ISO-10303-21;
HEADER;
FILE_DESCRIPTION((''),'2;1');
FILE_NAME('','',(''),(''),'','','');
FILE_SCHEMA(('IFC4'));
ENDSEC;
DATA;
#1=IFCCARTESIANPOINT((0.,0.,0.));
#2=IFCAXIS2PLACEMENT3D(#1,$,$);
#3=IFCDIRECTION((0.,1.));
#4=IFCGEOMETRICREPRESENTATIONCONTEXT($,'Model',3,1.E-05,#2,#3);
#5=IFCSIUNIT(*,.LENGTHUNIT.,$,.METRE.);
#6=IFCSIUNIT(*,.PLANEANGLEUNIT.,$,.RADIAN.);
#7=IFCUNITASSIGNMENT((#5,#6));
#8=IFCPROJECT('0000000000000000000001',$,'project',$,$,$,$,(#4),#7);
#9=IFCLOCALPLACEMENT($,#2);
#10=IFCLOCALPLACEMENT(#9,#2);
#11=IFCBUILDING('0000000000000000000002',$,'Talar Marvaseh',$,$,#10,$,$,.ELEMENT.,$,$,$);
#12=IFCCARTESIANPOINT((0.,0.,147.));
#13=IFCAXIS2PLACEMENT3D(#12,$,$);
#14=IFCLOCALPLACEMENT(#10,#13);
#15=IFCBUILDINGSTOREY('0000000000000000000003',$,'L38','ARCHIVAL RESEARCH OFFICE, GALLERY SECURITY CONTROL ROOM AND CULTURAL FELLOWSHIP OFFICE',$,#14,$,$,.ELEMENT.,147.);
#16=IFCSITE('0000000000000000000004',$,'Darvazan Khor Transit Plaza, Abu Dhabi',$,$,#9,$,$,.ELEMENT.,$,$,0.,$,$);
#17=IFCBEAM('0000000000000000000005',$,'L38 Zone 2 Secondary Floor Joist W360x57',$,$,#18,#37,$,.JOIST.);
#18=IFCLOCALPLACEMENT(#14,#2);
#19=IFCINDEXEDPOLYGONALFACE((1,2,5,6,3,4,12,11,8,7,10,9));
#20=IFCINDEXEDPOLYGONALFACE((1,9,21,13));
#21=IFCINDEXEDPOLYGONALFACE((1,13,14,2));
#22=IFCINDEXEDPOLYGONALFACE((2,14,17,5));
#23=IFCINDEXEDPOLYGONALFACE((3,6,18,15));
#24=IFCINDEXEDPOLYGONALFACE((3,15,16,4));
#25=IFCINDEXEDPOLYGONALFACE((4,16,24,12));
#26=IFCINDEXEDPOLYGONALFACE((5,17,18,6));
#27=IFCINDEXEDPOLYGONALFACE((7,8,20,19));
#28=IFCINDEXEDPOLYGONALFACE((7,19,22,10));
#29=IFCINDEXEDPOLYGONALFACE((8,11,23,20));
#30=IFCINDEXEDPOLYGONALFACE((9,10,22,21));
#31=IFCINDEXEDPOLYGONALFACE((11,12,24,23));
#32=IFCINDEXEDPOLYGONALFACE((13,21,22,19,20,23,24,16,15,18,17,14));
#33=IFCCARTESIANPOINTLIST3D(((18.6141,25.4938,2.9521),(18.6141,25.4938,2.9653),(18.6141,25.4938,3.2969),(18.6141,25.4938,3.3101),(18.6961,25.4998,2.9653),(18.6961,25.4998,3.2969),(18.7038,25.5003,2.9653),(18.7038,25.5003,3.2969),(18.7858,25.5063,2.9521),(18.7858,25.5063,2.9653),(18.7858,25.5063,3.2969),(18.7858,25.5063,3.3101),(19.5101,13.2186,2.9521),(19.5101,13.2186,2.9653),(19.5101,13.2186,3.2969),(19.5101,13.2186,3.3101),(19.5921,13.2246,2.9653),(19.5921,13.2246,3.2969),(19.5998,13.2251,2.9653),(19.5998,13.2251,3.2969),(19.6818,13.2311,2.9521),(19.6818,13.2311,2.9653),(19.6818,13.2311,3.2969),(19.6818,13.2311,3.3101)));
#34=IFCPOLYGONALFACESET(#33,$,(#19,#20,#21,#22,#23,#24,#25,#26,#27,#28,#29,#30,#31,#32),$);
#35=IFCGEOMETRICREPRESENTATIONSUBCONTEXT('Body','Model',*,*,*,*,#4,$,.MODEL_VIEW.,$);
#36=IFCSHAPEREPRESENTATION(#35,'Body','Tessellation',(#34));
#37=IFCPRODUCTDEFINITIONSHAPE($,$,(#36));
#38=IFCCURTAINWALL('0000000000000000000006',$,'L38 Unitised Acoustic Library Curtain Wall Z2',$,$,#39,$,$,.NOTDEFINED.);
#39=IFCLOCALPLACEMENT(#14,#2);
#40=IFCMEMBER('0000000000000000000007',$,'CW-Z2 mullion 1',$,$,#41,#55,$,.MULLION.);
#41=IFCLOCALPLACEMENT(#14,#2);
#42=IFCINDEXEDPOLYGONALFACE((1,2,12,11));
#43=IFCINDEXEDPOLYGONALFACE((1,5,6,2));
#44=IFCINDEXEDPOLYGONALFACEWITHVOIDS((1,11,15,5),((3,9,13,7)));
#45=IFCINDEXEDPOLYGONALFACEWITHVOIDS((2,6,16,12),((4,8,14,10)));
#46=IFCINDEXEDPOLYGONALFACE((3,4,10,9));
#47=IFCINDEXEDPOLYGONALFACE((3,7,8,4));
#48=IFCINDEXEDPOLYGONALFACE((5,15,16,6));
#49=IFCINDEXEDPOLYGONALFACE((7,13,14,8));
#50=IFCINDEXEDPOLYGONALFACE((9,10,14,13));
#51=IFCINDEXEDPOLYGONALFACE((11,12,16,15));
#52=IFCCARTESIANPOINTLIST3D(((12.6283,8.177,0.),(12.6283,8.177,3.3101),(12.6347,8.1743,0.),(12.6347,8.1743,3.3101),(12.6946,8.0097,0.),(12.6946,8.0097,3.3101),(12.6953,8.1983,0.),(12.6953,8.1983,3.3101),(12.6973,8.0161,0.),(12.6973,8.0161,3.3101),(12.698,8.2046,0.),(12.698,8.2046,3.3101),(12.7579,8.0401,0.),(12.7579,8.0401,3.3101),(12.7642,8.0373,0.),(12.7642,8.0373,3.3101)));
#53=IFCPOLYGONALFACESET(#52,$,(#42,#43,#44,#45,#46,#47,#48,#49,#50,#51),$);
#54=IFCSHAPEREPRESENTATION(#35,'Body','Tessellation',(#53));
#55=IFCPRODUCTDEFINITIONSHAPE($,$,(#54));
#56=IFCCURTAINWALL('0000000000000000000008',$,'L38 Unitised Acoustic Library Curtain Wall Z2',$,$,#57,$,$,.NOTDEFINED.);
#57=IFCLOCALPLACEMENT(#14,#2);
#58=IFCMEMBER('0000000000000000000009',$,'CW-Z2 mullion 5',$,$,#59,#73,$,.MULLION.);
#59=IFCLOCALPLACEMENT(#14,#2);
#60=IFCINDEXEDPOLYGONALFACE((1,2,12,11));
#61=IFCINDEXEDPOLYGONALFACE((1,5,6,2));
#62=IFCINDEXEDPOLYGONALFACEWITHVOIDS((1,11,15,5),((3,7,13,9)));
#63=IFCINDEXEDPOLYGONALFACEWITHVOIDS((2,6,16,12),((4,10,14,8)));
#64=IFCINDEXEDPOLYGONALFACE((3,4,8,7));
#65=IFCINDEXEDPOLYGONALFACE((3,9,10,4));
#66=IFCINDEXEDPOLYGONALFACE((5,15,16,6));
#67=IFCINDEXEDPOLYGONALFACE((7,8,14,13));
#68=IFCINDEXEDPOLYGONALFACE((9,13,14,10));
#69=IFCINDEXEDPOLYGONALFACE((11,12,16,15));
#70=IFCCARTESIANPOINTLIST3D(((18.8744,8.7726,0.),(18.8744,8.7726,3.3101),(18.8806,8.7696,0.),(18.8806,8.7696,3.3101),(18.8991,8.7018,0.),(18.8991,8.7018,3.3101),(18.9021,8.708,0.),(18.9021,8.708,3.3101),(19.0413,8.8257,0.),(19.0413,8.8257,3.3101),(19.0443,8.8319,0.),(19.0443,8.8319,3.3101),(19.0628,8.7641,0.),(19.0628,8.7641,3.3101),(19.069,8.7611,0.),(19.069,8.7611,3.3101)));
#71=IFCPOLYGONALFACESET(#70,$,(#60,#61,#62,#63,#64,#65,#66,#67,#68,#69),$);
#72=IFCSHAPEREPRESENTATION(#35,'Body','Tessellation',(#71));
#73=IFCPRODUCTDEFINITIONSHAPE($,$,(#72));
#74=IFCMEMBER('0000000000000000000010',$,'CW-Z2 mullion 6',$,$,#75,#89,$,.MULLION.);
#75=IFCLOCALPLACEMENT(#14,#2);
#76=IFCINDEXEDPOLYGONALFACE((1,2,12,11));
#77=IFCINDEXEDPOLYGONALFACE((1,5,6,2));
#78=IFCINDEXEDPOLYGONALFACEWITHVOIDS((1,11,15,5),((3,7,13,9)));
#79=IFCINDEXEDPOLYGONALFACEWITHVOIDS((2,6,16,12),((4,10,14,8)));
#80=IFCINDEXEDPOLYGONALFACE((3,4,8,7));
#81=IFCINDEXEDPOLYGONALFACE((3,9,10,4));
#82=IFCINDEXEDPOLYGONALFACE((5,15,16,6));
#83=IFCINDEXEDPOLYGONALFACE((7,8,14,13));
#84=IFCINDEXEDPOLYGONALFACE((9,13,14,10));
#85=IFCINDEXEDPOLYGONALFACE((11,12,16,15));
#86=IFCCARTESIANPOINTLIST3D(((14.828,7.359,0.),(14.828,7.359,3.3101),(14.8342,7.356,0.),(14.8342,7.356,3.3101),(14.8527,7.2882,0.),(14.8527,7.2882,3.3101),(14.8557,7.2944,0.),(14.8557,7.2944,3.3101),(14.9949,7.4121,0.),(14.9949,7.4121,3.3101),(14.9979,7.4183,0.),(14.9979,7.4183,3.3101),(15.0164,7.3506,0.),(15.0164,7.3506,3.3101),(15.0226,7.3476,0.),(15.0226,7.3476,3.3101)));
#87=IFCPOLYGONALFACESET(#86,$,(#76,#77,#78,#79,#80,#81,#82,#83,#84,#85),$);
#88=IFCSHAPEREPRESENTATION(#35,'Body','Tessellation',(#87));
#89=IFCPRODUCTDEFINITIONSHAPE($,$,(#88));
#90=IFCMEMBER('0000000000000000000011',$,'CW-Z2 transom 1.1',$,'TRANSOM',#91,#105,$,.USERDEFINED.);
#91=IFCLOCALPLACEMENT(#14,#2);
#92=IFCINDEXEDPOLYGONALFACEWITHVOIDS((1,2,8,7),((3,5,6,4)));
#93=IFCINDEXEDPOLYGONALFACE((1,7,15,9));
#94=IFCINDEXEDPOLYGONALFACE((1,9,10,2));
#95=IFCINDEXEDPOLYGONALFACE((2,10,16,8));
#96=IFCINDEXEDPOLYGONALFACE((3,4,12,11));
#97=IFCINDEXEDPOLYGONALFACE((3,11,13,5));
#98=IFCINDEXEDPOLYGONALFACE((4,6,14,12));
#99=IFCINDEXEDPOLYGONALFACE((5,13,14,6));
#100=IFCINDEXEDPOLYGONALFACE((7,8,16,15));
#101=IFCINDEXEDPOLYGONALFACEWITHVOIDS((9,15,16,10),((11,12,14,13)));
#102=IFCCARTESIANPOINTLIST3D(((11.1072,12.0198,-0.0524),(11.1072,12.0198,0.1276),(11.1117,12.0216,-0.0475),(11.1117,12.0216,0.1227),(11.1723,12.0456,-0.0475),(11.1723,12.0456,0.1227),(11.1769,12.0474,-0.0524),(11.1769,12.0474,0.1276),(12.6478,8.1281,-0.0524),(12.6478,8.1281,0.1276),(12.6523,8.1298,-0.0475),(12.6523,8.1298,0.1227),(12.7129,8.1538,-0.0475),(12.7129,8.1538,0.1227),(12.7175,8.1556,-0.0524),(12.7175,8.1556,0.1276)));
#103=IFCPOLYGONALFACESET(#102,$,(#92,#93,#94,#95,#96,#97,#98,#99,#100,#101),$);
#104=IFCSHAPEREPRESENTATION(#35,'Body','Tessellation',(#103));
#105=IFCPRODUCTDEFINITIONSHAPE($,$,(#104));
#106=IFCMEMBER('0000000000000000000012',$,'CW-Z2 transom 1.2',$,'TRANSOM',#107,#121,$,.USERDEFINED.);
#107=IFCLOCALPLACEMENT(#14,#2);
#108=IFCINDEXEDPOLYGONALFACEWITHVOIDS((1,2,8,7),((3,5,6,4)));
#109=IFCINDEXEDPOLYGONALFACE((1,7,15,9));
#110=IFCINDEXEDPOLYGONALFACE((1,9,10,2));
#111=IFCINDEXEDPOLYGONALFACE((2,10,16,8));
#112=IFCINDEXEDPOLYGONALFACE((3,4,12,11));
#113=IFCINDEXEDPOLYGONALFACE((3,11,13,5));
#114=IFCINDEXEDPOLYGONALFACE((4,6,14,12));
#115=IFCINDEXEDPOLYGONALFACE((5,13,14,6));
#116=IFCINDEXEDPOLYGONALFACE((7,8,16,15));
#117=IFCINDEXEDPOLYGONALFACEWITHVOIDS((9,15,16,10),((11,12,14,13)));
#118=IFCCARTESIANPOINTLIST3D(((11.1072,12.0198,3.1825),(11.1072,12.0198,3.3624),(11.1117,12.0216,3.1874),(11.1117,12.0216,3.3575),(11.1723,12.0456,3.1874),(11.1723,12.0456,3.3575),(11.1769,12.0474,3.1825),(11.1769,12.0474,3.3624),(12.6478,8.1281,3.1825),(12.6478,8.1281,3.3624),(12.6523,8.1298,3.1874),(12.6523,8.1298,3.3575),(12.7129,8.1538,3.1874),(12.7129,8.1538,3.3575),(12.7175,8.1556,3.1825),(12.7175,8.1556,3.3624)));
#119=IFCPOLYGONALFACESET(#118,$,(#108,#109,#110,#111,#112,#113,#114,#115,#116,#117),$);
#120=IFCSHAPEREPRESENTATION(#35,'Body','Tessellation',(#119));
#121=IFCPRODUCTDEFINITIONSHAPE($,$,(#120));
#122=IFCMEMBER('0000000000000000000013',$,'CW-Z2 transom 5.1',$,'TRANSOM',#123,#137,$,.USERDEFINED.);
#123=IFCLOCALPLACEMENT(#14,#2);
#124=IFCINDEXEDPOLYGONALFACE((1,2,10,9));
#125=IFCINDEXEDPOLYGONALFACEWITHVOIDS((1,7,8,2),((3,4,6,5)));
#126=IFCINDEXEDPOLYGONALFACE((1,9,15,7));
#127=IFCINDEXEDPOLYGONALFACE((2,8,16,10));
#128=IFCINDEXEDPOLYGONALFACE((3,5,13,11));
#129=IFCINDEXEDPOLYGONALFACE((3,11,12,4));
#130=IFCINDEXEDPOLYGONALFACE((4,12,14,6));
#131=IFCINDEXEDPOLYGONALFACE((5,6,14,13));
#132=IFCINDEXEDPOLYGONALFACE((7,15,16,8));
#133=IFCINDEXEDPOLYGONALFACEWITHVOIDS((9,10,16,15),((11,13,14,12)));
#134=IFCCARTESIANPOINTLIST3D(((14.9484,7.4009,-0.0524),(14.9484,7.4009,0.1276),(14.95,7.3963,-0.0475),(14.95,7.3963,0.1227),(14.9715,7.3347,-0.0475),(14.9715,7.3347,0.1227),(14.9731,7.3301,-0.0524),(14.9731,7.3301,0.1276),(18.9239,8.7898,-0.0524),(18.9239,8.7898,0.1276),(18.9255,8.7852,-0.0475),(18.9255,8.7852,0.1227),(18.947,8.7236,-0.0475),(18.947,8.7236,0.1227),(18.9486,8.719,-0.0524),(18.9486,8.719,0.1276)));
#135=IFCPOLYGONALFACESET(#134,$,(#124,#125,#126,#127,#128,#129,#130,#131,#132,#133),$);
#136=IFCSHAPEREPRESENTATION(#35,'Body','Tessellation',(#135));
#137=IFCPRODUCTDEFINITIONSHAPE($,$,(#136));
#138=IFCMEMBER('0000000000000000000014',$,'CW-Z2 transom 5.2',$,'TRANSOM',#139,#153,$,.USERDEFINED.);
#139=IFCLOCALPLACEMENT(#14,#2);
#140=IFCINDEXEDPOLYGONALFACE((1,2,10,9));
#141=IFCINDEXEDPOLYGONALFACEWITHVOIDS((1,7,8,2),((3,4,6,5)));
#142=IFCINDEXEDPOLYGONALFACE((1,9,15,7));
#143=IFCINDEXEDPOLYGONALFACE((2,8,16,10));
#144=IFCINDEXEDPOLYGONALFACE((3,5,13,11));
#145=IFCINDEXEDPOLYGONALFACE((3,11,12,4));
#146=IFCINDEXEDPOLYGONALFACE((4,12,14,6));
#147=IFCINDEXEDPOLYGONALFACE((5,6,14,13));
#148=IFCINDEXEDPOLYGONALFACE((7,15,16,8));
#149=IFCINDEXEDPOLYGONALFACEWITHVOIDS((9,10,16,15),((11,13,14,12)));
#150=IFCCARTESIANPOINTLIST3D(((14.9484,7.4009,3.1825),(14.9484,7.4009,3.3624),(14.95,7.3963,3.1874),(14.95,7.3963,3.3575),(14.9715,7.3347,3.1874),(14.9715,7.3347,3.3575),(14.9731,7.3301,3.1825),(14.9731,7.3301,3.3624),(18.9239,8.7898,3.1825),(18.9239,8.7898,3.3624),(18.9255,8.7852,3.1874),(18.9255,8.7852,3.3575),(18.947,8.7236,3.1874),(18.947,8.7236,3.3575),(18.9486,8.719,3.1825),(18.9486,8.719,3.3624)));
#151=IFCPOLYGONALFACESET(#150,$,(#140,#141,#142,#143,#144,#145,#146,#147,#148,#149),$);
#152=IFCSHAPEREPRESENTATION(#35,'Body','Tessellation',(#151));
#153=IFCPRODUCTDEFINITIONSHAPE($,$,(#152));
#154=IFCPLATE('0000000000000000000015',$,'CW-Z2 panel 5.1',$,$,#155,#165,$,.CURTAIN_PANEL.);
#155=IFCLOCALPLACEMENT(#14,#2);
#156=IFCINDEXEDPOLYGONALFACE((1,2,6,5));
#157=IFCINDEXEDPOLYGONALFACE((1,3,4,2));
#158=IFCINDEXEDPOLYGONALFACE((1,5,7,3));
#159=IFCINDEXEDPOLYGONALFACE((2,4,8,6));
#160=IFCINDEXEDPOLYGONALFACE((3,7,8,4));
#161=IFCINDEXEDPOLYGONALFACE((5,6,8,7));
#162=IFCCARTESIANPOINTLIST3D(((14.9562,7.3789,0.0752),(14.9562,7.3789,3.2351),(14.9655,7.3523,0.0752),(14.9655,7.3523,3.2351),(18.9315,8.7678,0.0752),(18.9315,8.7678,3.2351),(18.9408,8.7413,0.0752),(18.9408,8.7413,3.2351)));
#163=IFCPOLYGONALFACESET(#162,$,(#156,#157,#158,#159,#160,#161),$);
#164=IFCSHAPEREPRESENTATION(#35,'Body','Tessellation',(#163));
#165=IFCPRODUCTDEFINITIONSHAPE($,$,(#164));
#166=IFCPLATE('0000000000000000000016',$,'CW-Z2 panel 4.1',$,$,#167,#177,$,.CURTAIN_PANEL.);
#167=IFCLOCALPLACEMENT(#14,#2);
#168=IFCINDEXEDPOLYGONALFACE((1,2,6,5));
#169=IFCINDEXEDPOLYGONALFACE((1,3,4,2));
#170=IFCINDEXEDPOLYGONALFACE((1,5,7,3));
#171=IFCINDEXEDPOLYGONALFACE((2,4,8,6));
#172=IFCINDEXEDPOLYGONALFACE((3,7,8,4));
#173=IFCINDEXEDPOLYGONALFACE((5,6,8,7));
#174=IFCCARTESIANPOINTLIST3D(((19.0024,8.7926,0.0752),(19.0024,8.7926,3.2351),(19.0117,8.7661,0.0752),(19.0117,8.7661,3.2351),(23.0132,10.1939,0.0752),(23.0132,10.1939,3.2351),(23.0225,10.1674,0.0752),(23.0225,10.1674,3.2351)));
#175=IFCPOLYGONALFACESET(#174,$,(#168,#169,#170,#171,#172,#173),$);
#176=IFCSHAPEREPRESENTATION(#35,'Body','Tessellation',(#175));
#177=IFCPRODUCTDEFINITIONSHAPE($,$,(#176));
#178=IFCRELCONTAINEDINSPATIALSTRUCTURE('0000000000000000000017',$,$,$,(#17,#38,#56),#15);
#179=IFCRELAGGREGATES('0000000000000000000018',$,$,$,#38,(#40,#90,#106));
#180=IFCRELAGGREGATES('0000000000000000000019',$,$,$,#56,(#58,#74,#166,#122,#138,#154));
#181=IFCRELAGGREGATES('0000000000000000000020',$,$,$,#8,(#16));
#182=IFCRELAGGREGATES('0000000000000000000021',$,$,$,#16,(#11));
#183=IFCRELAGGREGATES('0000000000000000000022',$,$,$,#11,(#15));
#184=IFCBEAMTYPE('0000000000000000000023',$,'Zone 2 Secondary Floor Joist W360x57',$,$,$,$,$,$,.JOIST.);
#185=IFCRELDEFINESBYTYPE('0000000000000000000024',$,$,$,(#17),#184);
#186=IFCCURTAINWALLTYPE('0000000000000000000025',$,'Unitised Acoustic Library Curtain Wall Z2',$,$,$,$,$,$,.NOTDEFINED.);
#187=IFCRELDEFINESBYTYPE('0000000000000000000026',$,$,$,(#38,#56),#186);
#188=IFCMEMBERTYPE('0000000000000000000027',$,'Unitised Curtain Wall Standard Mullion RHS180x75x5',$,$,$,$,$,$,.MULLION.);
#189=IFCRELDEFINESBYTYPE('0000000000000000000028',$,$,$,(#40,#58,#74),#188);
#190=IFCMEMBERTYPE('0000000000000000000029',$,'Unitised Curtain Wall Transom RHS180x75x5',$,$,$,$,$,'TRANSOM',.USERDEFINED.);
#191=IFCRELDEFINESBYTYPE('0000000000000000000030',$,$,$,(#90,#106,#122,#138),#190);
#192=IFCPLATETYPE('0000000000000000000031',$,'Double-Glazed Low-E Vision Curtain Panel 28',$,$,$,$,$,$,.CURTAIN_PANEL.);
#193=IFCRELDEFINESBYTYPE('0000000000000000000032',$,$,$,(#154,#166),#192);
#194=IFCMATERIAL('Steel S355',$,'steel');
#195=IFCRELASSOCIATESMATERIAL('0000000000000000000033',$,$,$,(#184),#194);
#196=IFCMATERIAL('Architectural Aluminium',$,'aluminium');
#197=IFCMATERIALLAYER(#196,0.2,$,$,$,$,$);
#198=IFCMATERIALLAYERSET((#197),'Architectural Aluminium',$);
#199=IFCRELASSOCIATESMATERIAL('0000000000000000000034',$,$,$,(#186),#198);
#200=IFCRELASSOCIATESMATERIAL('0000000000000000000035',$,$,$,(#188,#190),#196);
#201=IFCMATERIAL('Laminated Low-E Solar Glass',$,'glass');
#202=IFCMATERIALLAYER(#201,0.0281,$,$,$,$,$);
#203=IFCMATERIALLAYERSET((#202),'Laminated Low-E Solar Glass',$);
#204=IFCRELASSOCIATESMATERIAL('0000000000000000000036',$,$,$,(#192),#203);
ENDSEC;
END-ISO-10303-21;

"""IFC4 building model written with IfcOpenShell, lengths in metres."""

from ifc_helpers import new_model, si_unit, direction, frame, origin, origin_2d, place, context, subcontext, project, spatial, rectangle, hollow_rectangle, i_section, extrude, source, transform, mapped, material, layer, layer_set, material_profile, profile_set, type_object, type_shapes, element, aggregate, save


model = new_model("IFC4")

# Units and contexts
model_context = context("Model", 3, precision=1e-05, world=origin(), true_north=direction((0.0, 1.0)))
body_context = subcontext(model_context, "Body", "Model", "MODEL_VIEW")
ifc_project = project(units=[si_unit("LENGTHUNIT", "METRE"), si_unit("PLANEANGLEUNIT", "RADIAN")], contexts=[model_context])

# Site, building, storey
site_placement = place(None, origin())
site = spatial("IfcSite", under=ifc_project, at=site_placement, Name="Darvazan Khor Transit Plaza, Abu Dhabi", CompositionType="ELEMENT", RefElevation=0.0)
building_placement = place(site_placement, origin())
building = spatial("IfcBuilding", under=site, at=building_placement, Name="Talar Marvaseh", CompositionType="ELEMENT")
storey_placement = place(building_placement, frame((0.0, 0.0, 147.0)))
storey = spatial("IfcBuildingStorey", under=building, at=storey_placement, Name="L38", Description="ARCHIVAL RESEARCH OFFICE, GALLERY SECURITY CONTROL ROOM AND CULTURAL FELLOWSHIP OFFICE", CompositionType="ELEMENT", Elevation=147.0)

# Beam
ifc_material_1 = material(Name="Steel S355", Category="steel")
ifc_material_profile_1 = material_profile(ifc_material_1, i_section(OverallWidth=0.1721, OverallDepth=0.3579, WebThickness=0.0078, FlangeThickness=0.0132, at=origin_2d()), Name="W360x57")
ifc_profile_set_1 = profile_set([ifc_material_profile_1], Name="Steel S355")
beam_type = type_object("IfcBeamType", Name="Zone 2 Secondary Floor Joist W360x57", PredefinedType="JOIST", material=ifc_profile_set_1)
beam_placement = place(storey_placement, frame((19.5959, 13.2249, 3.1311), z_axis=(-0.072799, 0.997347, 0.0), x_axis=(-0.997347, -0.072799, 0.0)))
element("IfcBeam", 1, at=beam_placement, inside=storey, type_object=beam_type, Name="L38 Zone 2 Secondary Floor Joist W360x57", PredefinedType="JOIST", context=body_context, shape_type="SweptSolid", body=[
    extrude(i_section(OverallWidth=0.1721, OverallDepth=0.3579, WebThickness=0.0078, FlangeThickness=0.0132, at=origin_2d()), origin(), (0.0, 0.0, 1.0), 12.3079),
])

# Curtain wall, member
ifc_material_2 = material(Name="Architectural Aluminium", Category="aluminium")
ifc_layer_1 = layer(ifc_material_2, 0.2)
ifc_layer_set_1 = layer_set([ifc_layer_1], Name="Architectural Aluminium")
curtain_wall_type = type_object("IfcCurtainWallType", Name="Unitised Acoustic Library Curtain Wall Z2", PredefinedType="NOTDEFINED", material=ifc_layer_set_1)
curtain_wall_1_placement = place(storey_placement, origin())
curtain_wall_1 = element("IfcCurtainWall", 2, at=curtain_wall_1_placement, inside=storey, type_object=curtain_wall_type, Name="L38 Unitised Acoustic Library Curtain Wall Z2", PredefinedType="NOTDEFINED")
ifc_material_profile_2 = material_profile(ifc_material_2, hollow_rectangle(XDim=0.075, YDim=0.1799, WallThickness=0.0049, at=origin_2d()), Name="RHS180x75x5")
ifc_profile_set_2 = profile_set([ifc_material_profile_2], Name="Architectural Aluminium")
member_type_1 = type_object("IfcMemberType", Name="Unitised Curtain Wall Standard Mullion RHS180x75x5", PredefinedType="MULLION", material=ifc_profile_set_2)
shared_shape_1 = source(origin(), body_context, "Body", "SweptSolid", [
    extrude(hollow_rectangle(XDim=0.075, YDim=0.1799, WallThickness=0.0049, at=origin_2d()), origin(), (0.0, 0.0, 1.0), 3.3101),
])
type_shapes(member_type_1, [shared_shape_1])
member_1_placement = place(storey_placement, frame((12.6963, 8.1072, 0.0), z_axis=(0.0, 0.0, 1.0), x_axis=(-0.929802, -0.36806, 0.0)))
member_1 = element("IfcMember", 3, at=member_1_placement, type_object=member_type_1, Name="CW-Z2 mullion 1", PredefinedType="MULLION", context=body_context, shape_type="MappedRepresentation", body=[
    mapped(shared_shape_1, transform((0.0, 0.0, 0.0), x_axis=(1.0, 0.0, 0.0), y_axis=(0.0, 1.0, 0.0), z_axis=(0.0, 0.0, 1.0), scale=1.0)),
])

# Curtain wall, members
curtain_wall_2_placement = place(storey_placement, origin())
curtain_wall_2 = element("IfcCurtainWall", 4, at=curtain_wall_2_placement, inside=storey, type_object=curtain_wall_type, Name="L38 Unitised Acoustic Library Curtain Wall Z2", PredefinedType="NOTDEFINED")
member_2_placement = place(storey_placement, frame((18.9717, 8.7668, 0.0), z_axis=(0.0, 0.0, 1.0), x_axis=(0.329837, -0.944038, 0.0)))
member_2 = element("IfcMember", 5, at=member_2_placement, type_object=member_type_1, Name="CW-Z2 mullion 5", PredefinedType="MULLION", context=body_context, shape_type="MappedRepresentation", body=[
    mapped(shared_shape_1, transform((0.0, 0.0, 0.0), x_axis=(1.0, 0.0, 0.0), y_axis=(0.0, 1.0, 0.0), z_axis=(0.0, 0.0, 1.0), scale=1.0)),
])
member_3_placement = place(storey_placement, frame((14.9253, 7.3533, 0.0), z_axis=(0.0, 0.0, 1.0), x_axis=(0.329837, -0.944038, 0.0)))
member_3 = element("IfcMember", 6, at=member_3_placement, type_object=member_type_1, Name="CW-Z2 mullion 6", PredefinedType="MULLION", context=body_context, shape_type="MappedRepresentation", body=[
    mapped(shared_shape_1, transform((0.0, 0.0, 0.0), x_axis=(1.0, 0.0, 0.0), y_axis=(0.0, 1.0, 0.0), z_axis=(0.0, 0.0, 1.0), scale=1.0)),
])

# Members
ifc_material_profile_3 = material_profile(ifc_material_2, hollow_rectangle(XDim=0.075, YDim=0.1799, WallThickness=0.0049, at=origin_2d()), Name="RHS180x75x5")
ifc_profile_set_3 = profile_set([ifc_material_profile_3], Name="Architectural Aluminium")
member_type_2 = type_object("IfcMemberType", Name="Unitised Curtain Wall Transom RHS180x75x5", ElementType="TRANSOM", PredefinedType="USERDEFINED", material=ifc_profile_set_3)
shared_shape_2 = source(origin(), body_context, "Body", "SweptSolid", [
    extrude(hollow_rectangle(XDim=0.075, YDim=0.1799, WallThickness=0.0049, at=origin_2d()), origin(), (0.0, 0.0, 1.0), 4.1855),
])
member_4_placement = place(storey_placement, frame((12.6826, 8.1418, 0.0376), z_axis=(-0.368069, 0.929798, 0.0), x_axis=(-0.929798, -0.368069, 0.0)))
member_4 = element("IfcMember", 7, at=member_4_placement, type_object=member_type_2, Name="CW-Z2 transom 1.1", ObjectType="TRANSOM", PredefinedType="USERDEFINED", context=body_context, shape_type="MappedRepresentation", body=[
    mapped(shared_shape_2, transform((0.0, 0.0, 0.0), x_axis=(1.0, 0.0, 0.0), y_axis=(0.0, 1.0, 0.0), z_axis=(0.0, 0.0, 1.0), scale=1.0)),
])
member_5_placement = place(storey_placement, frame((12.6826, 8.1418, 3.2725), z_axis=(-0.368069, 0.929798, 0.0), x_axis=(-0.929798, -0.368069, 0.0)))
member_5 = element("IfcMember", 8, at=member_5_placement, type_object=member_type_2, Name="CW-Z2 transom 1.2", ObjectType="TRANSOM", PredefinedType="USERDEFINED", context=body_context, shape_type="MappedRepresentation", body=[
    mapped(shared_shape_2, transform((0.0, 0.0, 0.0), x_axis=(1.0, 0.0, 0.0), y_axis=(0.0, 1.0, 0.0), z_axis=(0.0, 0.0, 1.0), scale=1.0)),
])
aggregate(curtain_wall_1, [member_1, member_4, member_5])
shared_shape_3 = source(origin(), body_context, "Body", "SweptSolid", [
    extrude(hollow_rectangle(XDim=0.075, YDim=0.1799, WallThickness=0.0049, at=origin_2d()), origin(), (0.0, 0.0, 1.0), 4.2112),
])
type_shapes(member_type_2, [shared_shape_2, shared_shape_3])
member_6_placement = place(storey_placement, frame((18.9363, 8.7544, 0.0376), z_axis=(-0.944046, -0.329813, 0.0), x_axis=(0.329813, -0.944046, 0.0)))
member_6 = element("IfcMember", 9, at=member_6_placement, type_object=member_type_2, Name="CW-Z2 transom 5.1", ObjectType="TRANSOM", PredefinedType="USERDEFINED", context=body_context, shape_type="MappedRepresentation", body=[
    mapped(shared_shape_3, transform((0.0, 0.0, 0.0), x_axis=(1.0, 0.0, 0.0), y_axis=(0.0, 1.0, 0.0), z_axis=(0.0, 0.0, 1.0), scale=1.0)),
])
member_7_placement = place(storey_placement, frame((18.9363, 8.7544, 3.2725), z_axis=(-0.944046, -0.329813, 0.0), x_axis=(0.329813, -0.944046, 0.0)))
member_7 = element("IfcMember", 10, at=member_7_placement, type_object=member_type_2, Name="CW-Z2 transom 5.2", ObjectType="TRANSOM", PredefinedType="USERDEFINED", context=body_context, shape_type="MappedRepresentation", body=[
    mapped(shared_shape_3, transform((0.0, 0.0, 0.0), x_axis=(1.0, 0.0, 0.0), y_axis=(0.0, 1.0, 0.0), z_axis=(0.0, 0.0, 1.0), scale=1.0)),
])

# Plates
ifc_material_3 = material(Name="Laminated Low-E Solar Glass", Category="glass")
ifc_layer_2 = layer(ifc_material_3, 0.0281)
ifc_layer_set_2 = layer_set([ifc_layer_2], Name="Laminated Low-E Solar Glass")
plate_type = type_object("IfcPlateType", Name="Double-Glazed Low-E Vision Curtain Panel 28", PredefinedType="CURTAIN_PANEL", material=ifc_layer_set_2)
shared_shape_4 = source(origin(), body_context, "Body", "SweptSolid", [
    extrude(rectangle(XDim=4.2109, YDim=0.0281, at=origin_2d()), origin(), (0.0, 0.0, 1.0), 3.1599),
])
plate_1_placement = place(storey_placement, frame((16.9485, 8.0601, 0.0752), z_axis=(0.0, 0.0, 1.0), x_axis=(-0.944038, -0.329837, 0.0)))
plate_1 = element("IfcPlate", 11, at=plate_1_placement, type_object=plate_type, Name="CW-Z2 panel 5.1", PredefinedType="CURTAIN_PANEL", context=body_context, shape_type="MappedRepresentation", body=[
    mapped(shared_shape_4, transform((0.0, 0.0, 0.0), x_axis=(1.0, 0.0, 0.0), y_axis=(0.0, 1.0, 0.0), z_axis=(0.0, 0.0, 1.0), scale=1.0)),
])
shared_shape_5 = source(origin(), body_context, "Body", "SweptSolid", [
    extrude(rectangle(XDim=4.2485, YDim=0.0281, at=origin_2d()), origin(), (0.0, 0.0, 1.0), 3.1599),
])
type_shapes(plate_type, [shared_shape_4, shared_shape_5])
plate_2_placement = place(storey_placement, frame((21.0125, 9.48, 0.0752), z_axis=(0.0, 0.0, 1.0), x_axis=(-0.944038, -0.329837, 0.0)))
plate_2 = element("IfcPlate", 12, at=plate_2_placement, type_object=plate_type, Name="CW-Z2 panel 4.1", PredefinedType="CURTAIN_PANEL", context=body_context, shape_type="MappedRepresentation", body=[
    mapped(shared_shape_5, transform((0.0, 0.0, 0.0), x_axis=(1.0, 0.0, 0.0), y_axis=(0.0, 1.0, 0.0), z_axis=(0.0, 0.0, 1.0), scale=1.0)),
])
aggregate(curtain_wall_2, [member_2, member_3, plate_2, member_6, member_7, plate_1])

save(model, "model.ifc")
